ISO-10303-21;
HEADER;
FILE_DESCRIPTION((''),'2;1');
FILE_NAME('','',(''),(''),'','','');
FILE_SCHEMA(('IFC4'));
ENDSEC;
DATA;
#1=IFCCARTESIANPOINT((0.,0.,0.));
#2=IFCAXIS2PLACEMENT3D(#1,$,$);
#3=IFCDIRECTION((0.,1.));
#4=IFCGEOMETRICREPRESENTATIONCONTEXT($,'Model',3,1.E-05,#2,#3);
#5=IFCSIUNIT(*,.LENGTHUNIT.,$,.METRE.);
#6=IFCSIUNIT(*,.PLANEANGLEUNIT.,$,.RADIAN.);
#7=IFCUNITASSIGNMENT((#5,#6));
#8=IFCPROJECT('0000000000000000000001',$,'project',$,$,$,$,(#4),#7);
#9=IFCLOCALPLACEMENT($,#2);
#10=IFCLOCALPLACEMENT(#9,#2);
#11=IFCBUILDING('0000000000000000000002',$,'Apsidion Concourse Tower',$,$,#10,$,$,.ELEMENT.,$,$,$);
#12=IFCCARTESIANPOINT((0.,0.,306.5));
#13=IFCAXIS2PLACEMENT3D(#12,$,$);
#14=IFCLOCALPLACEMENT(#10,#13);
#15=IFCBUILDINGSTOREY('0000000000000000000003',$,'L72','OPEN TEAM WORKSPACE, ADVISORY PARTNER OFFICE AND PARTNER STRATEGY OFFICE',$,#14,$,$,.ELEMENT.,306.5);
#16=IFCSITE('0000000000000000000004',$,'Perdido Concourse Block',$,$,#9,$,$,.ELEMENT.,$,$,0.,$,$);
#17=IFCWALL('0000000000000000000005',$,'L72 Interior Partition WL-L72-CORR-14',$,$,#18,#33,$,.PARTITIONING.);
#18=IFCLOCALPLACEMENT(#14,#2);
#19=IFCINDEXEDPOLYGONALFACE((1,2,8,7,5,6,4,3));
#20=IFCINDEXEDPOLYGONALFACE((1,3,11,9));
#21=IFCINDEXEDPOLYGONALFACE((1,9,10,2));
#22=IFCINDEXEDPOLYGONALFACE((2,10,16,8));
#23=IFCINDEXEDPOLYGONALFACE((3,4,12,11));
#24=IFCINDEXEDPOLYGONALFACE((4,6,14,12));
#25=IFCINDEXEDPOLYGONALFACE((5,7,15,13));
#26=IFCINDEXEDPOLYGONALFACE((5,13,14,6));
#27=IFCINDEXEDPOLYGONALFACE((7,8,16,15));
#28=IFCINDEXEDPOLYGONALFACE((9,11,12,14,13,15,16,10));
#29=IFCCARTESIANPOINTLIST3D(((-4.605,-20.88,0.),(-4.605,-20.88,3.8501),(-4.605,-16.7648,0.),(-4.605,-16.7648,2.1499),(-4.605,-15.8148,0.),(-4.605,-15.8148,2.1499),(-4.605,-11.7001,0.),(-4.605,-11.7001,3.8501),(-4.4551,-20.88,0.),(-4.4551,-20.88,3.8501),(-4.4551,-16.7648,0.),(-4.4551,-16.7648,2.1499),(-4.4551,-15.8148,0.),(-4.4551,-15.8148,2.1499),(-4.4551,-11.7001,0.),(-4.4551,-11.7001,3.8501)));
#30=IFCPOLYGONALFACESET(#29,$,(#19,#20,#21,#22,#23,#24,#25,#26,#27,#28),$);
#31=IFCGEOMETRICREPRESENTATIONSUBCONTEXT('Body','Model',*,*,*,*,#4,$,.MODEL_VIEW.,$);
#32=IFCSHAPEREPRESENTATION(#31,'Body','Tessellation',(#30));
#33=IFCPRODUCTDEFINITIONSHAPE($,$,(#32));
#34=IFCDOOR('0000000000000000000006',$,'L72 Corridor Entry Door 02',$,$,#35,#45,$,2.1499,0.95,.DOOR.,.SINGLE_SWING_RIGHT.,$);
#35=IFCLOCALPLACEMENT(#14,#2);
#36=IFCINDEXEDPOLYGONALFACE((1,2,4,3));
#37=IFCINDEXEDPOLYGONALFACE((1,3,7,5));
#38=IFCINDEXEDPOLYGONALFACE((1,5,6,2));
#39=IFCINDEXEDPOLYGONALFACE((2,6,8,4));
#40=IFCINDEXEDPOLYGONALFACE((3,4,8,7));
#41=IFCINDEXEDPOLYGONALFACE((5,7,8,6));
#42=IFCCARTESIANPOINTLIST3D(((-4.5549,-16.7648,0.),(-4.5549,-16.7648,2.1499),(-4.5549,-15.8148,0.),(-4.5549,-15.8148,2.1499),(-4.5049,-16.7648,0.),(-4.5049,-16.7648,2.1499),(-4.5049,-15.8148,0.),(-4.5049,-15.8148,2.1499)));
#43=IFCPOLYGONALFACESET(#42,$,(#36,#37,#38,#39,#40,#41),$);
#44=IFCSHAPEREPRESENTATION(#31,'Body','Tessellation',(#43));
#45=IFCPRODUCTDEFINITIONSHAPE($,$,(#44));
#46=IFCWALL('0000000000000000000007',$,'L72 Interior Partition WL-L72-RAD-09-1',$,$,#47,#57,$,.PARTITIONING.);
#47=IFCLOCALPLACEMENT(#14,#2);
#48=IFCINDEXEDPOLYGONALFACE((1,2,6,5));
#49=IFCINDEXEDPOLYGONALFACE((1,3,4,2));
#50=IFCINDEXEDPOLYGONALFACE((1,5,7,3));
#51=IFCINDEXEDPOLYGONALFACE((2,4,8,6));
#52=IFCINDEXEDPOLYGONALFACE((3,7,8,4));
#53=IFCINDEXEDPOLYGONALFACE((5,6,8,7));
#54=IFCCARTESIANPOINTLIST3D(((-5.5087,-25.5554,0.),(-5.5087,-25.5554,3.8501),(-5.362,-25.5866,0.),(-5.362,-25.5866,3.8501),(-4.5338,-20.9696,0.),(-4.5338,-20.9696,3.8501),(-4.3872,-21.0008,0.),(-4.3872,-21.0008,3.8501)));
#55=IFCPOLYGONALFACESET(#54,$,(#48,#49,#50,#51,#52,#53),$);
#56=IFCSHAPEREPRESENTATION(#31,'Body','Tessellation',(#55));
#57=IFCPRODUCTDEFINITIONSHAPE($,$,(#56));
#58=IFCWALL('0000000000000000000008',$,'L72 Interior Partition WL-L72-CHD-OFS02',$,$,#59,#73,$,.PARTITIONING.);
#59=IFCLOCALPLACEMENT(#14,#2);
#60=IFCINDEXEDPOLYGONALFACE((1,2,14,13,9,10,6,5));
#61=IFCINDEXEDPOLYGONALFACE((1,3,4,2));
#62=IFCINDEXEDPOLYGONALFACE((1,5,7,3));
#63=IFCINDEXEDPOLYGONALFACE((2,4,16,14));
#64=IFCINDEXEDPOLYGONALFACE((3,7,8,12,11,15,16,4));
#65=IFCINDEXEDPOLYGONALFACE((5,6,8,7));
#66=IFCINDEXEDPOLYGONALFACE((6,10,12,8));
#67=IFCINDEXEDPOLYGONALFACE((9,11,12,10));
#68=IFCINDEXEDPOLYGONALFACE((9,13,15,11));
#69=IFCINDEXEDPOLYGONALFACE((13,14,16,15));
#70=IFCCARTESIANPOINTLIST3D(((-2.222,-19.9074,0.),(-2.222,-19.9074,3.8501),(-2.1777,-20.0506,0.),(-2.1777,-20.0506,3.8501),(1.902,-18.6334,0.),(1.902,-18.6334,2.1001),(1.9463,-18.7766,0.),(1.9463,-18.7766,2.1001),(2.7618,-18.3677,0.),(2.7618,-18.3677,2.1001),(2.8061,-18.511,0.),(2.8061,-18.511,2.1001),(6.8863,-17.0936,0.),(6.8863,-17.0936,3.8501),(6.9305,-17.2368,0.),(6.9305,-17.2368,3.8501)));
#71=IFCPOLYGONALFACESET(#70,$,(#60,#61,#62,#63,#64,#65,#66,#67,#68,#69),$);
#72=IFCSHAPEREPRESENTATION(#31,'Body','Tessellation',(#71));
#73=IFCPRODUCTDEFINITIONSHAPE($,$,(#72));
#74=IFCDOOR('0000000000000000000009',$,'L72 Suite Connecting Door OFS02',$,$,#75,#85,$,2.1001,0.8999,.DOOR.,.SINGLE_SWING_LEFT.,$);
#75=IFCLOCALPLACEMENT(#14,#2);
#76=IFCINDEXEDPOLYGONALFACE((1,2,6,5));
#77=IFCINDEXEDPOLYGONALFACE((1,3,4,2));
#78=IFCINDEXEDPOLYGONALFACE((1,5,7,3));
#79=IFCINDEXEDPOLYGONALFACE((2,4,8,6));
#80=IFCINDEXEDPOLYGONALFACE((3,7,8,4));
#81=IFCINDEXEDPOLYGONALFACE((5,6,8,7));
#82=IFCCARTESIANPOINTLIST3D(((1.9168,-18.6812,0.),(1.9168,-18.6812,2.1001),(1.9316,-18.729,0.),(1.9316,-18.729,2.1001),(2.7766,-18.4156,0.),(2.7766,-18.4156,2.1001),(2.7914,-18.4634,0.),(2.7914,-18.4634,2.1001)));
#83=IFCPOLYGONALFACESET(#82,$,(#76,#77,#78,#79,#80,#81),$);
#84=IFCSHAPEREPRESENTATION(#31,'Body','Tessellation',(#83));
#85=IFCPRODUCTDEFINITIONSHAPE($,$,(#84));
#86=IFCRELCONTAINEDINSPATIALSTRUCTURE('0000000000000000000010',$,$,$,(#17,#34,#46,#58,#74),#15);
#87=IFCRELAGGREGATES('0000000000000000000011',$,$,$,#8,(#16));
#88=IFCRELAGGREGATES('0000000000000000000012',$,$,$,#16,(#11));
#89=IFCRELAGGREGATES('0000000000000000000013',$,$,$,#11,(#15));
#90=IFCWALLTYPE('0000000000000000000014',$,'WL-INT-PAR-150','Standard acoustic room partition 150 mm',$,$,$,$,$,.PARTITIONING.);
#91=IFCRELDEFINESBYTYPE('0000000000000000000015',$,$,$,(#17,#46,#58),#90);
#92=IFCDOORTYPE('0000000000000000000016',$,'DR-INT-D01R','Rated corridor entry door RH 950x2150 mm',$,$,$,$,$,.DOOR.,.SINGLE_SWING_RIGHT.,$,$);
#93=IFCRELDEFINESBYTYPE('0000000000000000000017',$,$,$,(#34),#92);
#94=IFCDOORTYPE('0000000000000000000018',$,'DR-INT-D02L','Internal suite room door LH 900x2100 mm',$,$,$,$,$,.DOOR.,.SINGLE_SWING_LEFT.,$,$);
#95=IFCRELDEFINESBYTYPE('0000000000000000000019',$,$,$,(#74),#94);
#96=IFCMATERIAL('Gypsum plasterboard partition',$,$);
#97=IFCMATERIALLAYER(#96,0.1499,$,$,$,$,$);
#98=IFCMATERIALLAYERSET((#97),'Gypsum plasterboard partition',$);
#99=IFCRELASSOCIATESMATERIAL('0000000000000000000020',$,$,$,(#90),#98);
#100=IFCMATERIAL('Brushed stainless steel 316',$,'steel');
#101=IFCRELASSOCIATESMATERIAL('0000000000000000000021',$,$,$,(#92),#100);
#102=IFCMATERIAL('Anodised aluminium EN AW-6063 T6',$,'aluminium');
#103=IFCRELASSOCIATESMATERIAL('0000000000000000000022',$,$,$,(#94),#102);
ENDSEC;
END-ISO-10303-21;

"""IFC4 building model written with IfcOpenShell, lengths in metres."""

from ifc_helpers import new_model, si_unit, direction, frame, frame_2d, origin, place, context, subcontext, project, spatial, rectangle, extrude, material, layer, layer_set, type_object, element, fill, save


model = new_model("IFC4")

# Units and contexts
model_context = context("Model", 3, precision=1e-05, world=origin(), true_north=direction((0.0, 1.0)))
body_context = subcontext(model_context, "Body", "Model", "MODEL_VIEW")
ifc_project = project(units=[si_unit("LENGTHUNIT", "METRE"), si_unit("PLANEANGLEUNIT", "RADIAN")], contexts=[model_context])

# Site, building, storey
site_placement = place(None, origin())
site = spatial("IfcSite", under=ifc_project, at=site_placement, Name="Perdido Concourse Block", CompositionType="ELEMENT", RefElevation=0.0)
building_placement = place(site_placement, origin())
building = spatial("IfcBuilding", under=site, at=building_placement, Name="Apsidion Concourse Tower", CompositionType="ELEMENT")
storey_placement = place(building_placement, frame((0.0, 0.0, 306.5)))
storey = spatial("IfcBuildingStorey", under=building, at=storey_placement, Name="L72", Description="OPEN TEAM WORKSPACE, ADVISORY PARTNER OFFICE AND PARTNER STRATEGY OFFICE", CompositionType="ELEMENT", Elevation=306.5)

# Shared definitions
ifc_material_1 = material(Name="Anodised aluminium EN AW-6063 T6", Category="aluminium")

# Shared definitions
ifc_material_2 = material(Name="Gypsum plasterboard partition")
ifc_layer_1 = layer(ifc_material_2, 0.1499)
ifc_layer_set_1 = layer_set([ifc_layer_1], Name="Gypsum plasterboard partition")
wall_type_1 = type_object("IfcWallType", Name="WL-INT-PAR-150", Description="Standard acoustic room partition 150 mm", PredefinedType="PARTITIONING", material=ifc_layer_set_1)

# Wall, opening, door
wall_1_placement = place(storey_placement, frame((-4.53, -20.8799, 0.0), z_axis=(0.0, 0.0, 1.0), x_axis=(0.0, 1.0, 0.0)))
wall_1 = element("IfcWall", 1, at=wall_1_placement, inside=storey, type_object=wall_type_1, Name="L72 Interior Partition WL-L72-CORR-14", PredefinedType="PARTITIONING", context=body_context, shape_type="SweptSolid", body=[
    extrude(rectangle(XDim=9.1799, YDim=0.1499, at=frame_2d((4.5898, 0.0))), origin(), (0.0, 0.0, 1.0), 3.8501),
])
opening_1_placement = place(wall_1_placement, frame((4.115, 0.0, 0.0)))
opening_1 = element("IfcOpeningElement", 2, at=opening_1_placement, cuts=wall_1, PredefinedType="OPENING", context=body_context, shape_type="SweptSolid", body=[
    extrude(rectangle(XDim=0.95, YDim=2.1499, at=frame_2d((0.4751, 1.075))), frame((0.0, 0.085, 0.0), z_axis=(0.0, -1.0, 0.0), x_axis=(1.0, 0.0, 0.0)), (0.0, 0.0, 1.0), 0.1699),
])
ifc_material_3 = material(Name="Brushed stainless steel 316", Category="steel")
door_type_1 = type_object("IfcDoorType", Name="DR-INT-D01R", Description="Rated corridor entry door RH 950x2150 mm", OperationType="SINGLE_SWING_RIGHT", PredefinedType="DOOR", material=ifc_material_3)
door_1_placement = place(opening_1_placement, origin())
door_1 = element("IfcDoor", 3, at=door_1_placement, inside=storey, type_object=door_type_1, Name="L72 Corridor Entry Door 02", OperationType="SINGLE_SWING_RIGHT", OverallHeight=2.1499, OverallWidth=0.95, PredefinedType="DOOR", context=body_context, shape_type="SweptSolid", body=[
    extrude(rectangle(XDim=0.95, YDim=2.1499, at=frame_2d((0.4751, 1.075))), frame((0.0, 0.0249, 0.0), z_axis=(0.0, -1.0, 0.0), x_axis=(1.0, 0.0, 0.0)), (0.0, 0.0, 1.0), 0.05),
])
fill(opening_1, door_1)

# Wall
wall_2_placement = place(storey_placement, frame((-4.4604, -20.9851, 0.0), z_axis=(0.0, 0.0, 1.0), x_axis=(-0.207939, -0.978142, 0.0)))
element("IfcWall", 4, at=wall_2_placement, inside=storey, type_object=wall_type_1, Name="L72 Interior Partition WL-L72-RAD-09-1", PredefinedType="PARTITIONING", context=body_context, shape_type="SweptSolid", body=[
    extrude(rectangle(XDim=4.6882, YDim=0.1499, at=frame_2d((2.3442, 0.0))), origin(), (0.0, 0.0, 1.0), 3.8501),
])

# Wall, opening, door
wall_3_placement = place(storey_placement, frame((-2.2, -19.979, 0.0), z_axis=(0.0, 0.0, 1.0), x_axis=(0.955448, 0.29516, 0.0)))
wall_3 = element("IfcWall", 5, at=wall_3_placement, inside=storey, type_object=wall_type_1, Name="L72 Interior Partition WL-L72-CHD-OFS02", PredefinedType="PARTITIONING", context=body_context, shape_type="SweptSolid", body=[
    extrude(rectangle(XDim=9.533, YDim=0.1499, at=frame_2d((4.7666, 0.0))), origin(), (0.0, 0.0, 1.0), 3.8501),
])
opening_2_placement = place(wall_3_placement, frame((4.3164, 0.0, 0.0)))
opening_2 = element("IfcOpeningElement", 6, at=opening_2_placement, cuts=wall_3, PredefinedType="OPENING", context=body_context, shape_type="SweptSolid", body=[
    extrude(rectangle(XDim=0.8999, YDim=2.1001, at=frame_2d((0.45, 1.05))), frame((0.0, 0.085, 0.0), z_axis=(0.0, -1.0, 0.0), x_axis=(1.0, 0.0, 0.0)), (0.0, 0.0, 1.0), 0.1699),
])
door_type_2 = type_object("IfcDoorType", Name="DR-INT-D02L", Description="Internal suite room door LH 900x2100 mm", OperationType="SINGLE_SWING_LEFT", PredefinedType="DOOR", material=ifc_material_1)
door_2_placement = place(opening_2_placement, origin())
door_2 = element("IfcDoor", 7, at=door_2_placement, inside=storey, type_object=door_type_2, Name="L72 Suite Connecting Door OFS02", OperationType="SINGLE_SWING_LEFT", OverallHeight=2.1001, OverallWidth=0.8999, PredefinedType="DOOR", context=body_context, shape_type="SweptSolid", body=[
    extrude(rectangle(XDim=0.8999, YDim=2.1001, at=frame_2d((0.45, 1.05))), frame((0.0, 0.0249, 0.0), z_axis=(0.0, -1.0, 0.0), x_axis=(1.0, 0.0, 0.0)), (0.0, 0.0, 1.0), 0.05),
])
fill(opening_2, door_2)

save(model, "model.ifc")
